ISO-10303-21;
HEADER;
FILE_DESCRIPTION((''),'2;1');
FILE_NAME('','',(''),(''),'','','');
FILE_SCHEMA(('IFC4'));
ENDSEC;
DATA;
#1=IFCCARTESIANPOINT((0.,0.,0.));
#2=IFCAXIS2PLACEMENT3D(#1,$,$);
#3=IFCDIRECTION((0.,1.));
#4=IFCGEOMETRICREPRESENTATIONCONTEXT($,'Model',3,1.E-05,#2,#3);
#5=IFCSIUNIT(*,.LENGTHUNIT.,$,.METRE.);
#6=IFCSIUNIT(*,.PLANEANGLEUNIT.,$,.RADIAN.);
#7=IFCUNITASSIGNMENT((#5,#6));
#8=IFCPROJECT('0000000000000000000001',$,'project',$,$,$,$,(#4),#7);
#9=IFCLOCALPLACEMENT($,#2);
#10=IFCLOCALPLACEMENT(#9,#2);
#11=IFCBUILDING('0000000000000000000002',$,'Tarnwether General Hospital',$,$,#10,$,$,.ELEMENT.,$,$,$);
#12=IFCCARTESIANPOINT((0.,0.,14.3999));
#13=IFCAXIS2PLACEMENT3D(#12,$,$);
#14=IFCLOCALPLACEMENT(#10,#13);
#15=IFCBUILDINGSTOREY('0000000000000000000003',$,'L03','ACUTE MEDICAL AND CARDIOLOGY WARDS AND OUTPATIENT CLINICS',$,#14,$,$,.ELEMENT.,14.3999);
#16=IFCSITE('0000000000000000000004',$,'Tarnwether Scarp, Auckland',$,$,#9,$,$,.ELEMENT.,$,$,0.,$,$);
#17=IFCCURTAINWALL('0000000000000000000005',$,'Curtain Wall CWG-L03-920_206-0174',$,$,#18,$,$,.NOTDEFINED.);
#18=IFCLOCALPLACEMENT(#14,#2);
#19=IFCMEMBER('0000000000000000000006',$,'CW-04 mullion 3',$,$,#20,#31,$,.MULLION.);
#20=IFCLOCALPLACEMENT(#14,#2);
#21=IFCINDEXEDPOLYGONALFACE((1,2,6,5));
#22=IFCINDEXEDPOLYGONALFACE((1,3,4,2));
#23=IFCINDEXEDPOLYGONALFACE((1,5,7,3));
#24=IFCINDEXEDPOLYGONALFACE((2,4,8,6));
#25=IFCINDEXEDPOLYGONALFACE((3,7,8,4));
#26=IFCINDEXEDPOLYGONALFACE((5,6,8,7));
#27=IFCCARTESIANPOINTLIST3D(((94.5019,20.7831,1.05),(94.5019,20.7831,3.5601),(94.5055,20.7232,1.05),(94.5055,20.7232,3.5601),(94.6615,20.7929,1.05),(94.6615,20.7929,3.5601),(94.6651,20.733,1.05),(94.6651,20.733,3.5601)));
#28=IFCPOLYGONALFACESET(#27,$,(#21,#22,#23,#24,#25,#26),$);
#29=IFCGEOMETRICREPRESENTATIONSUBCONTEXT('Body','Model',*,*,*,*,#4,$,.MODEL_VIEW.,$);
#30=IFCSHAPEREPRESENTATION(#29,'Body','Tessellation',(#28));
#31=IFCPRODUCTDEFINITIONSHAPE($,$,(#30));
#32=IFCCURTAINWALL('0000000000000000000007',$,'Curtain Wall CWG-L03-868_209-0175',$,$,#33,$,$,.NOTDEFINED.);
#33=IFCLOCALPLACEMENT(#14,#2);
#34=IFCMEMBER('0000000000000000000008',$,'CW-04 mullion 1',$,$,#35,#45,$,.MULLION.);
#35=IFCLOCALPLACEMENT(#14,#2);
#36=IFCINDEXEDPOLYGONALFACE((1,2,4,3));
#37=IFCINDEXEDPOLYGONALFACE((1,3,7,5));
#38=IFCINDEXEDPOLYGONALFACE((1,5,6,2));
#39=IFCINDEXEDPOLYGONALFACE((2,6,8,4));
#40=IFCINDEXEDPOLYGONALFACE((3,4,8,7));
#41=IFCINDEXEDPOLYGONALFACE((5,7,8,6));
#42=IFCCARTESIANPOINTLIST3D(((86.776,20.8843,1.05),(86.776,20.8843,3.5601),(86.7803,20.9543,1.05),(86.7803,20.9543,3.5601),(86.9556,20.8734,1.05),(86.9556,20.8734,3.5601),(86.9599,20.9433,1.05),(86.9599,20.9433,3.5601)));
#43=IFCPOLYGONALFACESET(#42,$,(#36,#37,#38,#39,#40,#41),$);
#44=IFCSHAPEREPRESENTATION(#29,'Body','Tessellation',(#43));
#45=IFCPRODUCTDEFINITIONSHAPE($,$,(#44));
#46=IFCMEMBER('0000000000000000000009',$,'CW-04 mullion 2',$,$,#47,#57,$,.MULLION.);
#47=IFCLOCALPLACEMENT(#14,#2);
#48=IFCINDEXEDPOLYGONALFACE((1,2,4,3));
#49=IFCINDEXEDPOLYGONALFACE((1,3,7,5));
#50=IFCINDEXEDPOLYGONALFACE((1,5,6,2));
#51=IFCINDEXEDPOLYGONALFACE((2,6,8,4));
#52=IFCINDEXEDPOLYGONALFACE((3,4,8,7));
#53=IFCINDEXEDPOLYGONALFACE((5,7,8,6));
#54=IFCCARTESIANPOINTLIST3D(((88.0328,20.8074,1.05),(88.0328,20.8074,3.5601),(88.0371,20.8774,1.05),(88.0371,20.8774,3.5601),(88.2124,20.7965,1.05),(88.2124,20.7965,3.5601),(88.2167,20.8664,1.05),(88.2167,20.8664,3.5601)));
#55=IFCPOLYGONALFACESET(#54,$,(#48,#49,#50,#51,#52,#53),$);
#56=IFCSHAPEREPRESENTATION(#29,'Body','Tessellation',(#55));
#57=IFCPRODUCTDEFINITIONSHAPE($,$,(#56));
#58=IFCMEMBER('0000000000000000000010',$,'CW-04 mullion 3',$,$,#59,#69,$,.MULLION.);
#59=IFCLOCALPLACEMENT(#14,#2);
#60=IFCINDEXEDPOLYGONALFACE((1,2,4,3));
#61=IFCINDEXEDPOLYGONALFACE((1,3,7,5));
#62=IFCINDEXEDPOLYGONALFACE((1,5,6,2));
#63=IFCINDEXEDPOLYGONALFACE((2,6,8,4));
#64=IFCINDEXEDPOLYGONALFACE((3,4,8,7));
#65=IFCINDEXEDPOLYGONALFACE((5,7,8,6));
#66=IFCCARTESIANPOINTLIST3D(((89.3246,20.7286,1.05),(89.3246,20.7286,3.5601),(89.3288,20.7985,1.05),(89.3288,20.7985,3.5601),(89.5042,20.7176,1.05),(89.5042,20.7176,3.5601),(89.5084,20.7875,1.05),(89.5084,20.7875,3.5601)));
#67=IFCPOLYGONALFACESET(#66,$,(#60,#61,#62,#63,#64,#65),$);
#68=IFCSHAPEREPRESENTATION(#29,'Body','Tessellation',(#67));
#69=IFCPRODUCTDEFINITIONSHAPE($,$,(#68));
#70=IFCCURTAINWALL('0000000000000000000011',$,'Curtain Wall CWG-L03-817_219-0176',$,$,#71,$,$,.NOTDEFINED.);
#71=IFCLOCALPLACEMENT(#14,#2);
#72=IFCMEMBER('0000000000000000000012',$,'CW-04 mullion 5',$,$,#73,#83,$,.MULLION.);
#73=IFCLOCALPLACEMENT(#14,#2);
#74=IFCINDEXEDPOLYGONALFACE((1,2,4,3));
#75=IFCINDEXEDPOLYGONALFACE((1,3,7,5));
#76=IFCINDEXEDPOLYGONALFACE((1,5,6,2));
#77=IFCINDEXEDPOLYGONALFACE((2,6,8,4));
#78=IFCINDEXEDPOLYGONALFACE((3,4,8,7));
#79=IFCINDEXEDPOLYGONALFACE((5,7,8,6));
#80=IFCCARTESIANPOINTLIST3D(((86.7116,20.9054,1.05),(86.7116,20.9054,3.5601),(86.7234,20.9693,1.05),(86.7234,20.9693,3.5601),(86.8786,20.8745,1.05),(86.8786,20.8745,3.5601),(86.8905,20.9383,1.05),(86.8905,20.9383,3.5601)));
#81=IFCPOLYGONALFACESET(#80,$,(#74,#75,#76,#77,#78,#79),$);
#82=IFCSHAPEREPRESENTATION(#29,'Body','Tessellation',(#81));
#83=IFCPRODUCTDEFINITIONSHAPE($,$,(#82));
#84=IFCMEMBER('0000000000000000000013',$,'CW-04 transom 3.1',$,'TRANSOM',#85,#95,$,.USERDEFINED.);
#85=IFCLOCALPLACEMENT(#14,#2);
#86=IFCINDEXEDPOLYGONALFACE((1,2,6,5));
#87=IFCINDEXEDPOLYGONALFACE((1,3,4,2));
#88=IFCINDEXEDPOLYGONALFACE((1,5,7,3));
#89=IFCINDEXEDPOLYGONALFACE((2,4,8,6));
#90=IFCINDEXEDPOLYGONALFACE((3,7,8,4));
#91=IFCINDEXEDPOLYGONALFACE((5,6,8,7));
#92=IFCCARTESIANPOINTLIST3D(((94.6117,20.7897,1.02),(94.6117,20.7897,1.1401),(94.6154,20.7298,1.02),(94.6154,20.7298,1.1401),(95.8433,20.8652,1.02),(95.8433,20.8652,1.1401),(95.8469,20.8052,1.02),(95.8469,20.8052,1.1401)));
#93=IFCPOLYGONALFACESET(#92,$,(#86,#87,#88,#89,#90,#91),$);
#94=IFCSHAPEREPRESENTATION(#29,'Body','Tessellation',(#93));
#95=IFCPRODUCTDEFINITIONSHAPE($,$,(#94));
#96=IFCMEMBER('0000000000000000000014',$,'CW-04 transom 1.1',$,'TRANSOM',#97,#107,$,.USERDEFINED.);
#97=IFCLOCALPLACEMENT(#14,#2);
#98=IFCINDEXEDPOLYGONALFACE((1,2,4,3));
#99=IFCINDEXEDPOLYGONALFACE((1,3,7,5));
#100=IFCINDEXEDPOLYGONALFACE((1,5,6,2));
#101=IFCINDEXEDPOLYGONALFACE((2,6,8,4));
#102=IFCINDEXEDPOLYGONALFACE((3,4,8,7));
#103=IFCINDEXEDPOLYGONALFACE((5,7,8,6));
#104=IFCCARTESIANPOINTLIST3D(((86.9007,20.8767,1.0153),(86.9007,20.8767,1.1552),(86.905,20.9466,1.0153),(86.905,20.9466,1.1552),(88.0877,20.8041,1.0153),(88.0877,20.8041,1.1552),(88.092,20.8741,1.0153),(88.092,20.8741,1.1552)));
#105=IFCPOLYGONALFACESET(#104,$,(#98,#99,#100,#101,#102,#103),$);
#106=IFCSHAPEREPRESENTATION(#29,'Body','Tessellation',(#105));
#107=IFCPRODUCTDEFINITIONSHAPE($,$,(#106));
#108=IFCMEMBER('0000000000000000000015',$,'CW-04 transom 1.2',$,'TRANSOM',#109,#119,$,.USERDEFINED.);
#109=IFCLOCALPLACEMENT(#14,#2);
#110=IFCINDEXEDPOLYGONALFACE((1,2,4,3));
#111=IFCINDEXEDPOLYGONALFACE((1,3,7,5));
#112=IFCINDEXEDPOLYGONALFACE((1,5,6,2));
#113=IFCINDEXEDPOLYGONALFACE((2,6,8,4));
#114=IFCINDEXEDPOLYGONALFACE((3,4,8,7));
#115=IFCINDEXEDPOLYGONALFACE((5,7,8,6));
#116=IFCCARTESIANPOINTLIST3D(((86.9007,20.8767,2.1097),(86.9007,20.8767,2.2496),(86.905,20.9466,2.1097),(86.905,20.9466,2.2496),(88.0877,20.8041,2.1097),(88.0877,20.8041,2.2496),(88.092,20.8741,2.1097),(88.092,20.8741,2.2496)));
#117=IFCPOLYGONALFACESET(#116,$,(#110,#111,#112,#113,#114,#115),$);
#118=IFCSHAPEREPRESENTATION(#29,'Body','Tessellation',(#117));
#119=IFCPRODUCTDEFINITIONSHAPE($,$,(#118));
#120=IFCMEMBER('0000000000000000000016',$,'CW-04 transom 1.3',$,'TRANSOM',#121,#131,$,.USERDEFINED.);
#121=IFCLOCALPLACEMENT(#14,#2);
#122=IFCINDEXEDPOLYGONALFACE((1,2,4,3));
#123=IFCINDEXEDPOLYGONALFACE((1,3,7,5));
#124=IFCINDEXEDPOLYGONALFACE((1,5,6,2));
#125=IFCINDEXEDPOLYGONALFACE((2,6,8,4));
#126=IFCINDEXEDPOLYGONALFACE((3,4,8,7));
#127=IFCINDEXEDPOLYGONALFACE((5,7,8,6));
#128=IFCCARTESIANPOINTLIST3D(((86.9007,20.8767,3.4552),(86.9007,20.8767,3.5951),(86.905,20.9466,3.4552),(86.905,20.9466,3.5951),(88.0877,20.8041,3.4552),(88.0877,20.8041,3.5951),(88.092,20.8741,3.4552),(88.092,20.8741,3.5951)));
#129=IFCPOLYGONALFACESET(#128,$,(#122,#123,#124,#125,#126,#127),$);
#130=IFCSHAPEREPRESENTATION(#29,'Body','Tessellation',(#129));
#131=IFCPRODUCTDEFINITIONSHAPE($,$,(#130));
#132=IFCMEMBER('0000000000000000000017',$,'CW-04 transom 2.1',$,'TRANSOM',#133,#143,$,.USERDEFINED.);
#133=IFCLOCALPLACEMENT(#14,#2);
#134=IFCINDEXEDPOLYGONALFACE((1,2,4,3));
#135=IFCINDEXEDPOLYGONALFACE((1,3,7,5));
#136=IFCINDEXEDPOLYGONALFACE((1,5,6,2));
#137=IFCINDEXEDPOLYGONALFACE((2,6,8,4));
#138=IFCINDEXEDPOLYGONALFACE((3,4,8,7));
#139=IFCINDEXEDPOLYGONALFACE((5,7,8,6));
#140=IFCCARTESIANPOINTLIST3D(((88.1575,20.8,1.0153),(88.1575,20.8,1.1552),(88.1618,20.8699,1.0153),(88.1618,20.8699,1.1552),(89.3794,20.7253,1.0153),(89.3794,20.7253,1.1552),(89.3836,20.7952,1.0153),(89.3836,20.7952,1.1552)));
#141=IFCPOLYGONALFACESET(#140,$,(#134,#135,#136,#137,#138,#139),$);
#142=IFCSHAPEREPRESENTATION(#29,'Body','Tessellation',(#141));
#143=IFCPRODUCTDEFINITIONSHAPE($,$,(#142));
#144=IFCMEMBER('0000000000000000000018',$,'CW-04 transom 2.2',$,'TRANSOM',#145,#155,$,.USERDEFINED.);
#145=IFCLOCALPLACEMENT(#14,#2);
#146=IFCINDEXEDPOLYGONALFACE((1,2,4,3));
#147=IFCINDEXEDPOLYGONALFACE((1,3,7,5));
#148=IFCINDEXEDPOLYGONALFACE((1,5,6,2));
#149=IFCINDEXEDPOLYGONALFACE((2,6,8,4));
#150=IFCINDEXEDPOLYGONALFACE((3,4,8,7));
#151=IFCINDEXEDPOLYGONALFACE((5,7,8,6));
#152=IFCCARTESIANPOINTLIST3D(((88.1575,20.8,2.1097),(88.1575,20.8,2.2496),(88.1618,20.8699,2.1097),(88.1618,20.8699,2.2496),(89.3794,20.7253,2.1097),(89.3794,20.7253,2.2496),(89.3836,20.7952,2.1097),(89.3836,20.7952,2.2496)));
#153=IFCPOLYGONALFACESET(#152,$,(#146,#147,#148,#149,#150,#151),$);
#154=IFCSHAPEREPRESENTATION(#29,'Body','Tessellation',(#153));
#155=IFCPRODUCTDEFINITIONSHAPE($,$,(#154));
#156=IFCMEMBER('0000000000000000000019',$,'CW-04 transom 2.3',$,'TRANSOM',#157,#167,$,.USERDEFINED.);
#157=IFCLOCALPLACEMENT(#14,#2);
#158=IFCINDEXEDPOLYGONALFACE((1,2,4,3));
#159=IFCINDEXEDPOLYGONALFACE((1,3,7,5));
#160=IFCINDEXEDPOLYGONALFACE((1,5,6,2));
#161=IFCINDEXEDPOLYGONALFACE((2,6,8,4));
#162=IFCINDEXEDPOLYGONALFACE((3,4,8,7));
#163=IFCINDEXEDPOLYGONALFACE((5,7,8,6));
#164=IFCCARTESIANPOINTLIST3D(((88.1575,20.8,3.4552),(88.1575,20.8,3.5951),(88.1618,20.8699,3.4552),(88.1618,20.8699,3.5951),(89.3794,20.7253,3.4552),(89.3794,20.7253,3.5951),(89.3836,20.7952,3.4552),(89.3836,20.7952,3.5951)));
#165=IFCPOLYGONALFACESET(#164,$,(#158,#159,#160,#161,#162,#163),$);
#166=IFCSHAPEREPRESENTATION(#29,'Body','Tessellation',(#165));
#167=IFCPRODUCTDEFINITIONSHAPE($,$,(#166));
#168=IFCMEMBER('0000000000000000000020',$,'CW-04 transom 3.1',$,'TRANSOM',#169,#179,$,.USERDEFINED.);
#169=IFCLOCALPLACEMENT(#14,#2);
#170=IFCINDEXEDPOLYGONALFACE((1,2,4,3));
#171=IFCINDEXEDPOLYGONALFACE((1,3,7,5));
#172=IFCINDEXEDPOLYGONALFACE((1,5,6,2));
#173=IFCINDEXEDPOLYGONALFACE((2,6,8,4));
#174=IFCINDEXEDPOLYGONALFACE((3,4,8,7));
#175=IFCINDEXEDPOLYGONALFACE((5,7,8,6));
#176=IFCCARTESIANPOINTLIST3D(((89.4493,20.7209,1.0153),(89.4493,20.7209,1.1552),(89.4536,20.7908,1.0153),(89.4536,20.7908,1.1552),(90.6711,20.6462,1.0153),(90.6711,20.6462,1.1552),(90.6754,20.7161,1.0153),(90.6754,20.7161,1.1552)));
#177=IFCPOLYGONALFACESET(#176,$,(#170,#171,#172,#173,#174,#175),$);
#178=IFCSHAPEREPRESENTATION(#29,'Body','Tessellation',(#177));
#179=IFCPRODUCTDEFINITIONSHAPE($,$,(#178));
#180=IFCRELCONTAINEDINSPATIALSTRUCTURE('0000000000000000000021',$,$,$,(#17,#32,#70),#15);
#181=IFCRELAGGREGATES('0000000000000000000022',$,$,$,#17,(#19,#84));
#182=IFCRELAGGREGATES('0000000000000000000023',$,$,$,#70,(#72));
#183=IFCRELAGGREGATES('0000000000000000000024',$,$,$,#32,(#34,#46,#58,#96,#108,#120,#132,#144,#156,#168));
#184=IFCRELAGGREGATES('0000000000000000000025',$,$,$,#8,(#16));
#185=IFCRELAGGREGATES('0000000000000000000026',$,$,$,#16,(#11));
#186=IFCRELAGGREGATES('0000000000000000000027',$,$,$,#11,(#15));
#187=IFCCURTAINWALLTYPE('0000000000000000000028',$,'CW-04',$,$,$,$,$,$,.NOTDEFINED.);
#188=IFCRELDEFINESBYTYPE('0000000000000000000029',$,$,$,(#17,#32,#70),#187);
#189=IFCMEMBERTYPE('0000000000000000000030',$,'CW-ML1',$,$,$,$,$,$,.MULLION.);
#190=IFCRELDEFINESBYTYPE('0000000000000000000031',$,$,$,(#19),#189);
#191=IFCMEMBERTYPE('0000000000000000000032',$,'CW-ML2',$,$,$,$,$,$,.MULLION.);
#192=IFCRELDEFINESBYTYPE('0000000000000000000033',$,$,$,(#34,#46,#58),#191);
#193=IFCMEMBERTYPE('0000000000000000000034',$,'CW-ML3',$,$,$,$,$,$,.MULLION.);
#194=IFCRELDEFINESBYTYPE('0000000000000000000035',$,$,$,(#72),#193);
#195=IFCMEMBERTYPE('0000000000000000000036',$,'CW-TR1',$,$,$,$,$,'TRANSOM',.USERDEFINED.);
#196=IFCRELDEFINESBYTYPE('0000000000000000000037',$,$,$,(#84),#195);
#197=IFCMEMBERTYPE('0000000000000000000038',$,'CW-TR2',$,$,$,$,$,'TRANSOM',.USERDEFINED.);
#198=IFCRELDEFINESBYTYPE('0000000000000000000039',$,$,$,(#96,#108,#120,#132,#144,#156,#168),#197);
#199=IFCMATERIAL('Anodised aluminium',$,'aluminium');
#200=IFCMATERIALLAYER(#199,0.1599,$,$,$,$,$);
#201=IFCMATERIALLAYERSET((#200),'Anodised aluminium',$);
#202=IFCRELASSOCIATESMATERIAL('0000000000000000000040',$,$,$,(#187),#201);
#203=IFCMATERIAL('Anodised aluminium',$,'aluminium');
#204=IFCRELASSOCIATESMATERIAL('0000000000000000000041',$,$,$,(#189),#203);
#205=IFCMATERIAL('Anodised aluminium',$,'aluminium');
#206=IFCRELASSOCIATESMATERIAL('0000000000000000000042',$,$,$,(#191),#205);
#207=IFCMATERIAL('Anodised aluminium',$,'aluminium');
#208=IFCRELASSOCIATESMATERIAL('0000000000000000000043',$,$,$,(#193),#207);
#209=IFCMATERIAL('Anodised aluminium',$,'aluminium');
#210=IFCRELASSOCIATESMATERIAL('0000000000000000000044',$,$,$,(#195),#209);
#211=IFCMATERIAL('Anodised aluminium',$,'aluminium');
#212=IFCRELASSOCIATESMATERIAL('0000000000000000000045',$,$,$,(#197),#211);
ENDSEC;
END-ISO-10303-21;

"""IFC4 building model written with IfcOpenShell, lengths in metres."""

from ifc_helpers import new_model, si_unit, direction, frame, origin, origin_2d, place, context, subcontext, project, spatial, rectangle, extrude, material, layer, layer_set, material_profile, profile_set, type_object, element, aggregate, save


model = new_model("IFC4")

# Units and contexts
model_context = context("Model", 3, precision=1e-05, world=origin(), true_north=direction((0.0, 1.0)))
body_context = subcontext(model_context, "Body", "Model", "MODEL_VIEW")
ifc_project = project(units=[si_unit("LENGTHUNIT", "METRE"), si_unit("PLANEANGLEUNIT", "RADIAN")], contexts=[model_context])

# Site, building, storey
site_placement = place(None, origin())
site = spatial("IfcSite", under=ifc_project, at=site_placement, Name="Tarnwether Scarp, Auckland", CompositionType="ELEMENT", RefElevation=0.0)
building_placement = place(site_placement, origin())
building = spatial("IfcBuilding", under=site, at=building_placement, Name="Tarnwether General Hospital", CompositionType="ELEMENT")
storey_placement = place(building_placement, frame((0.0, 0.0, 14.3999)))
storey = spatial("IfcBuildingStorey", under=building, at=storey_placement, Name="L03", Description="ACUTE MEDICAL AND CARDIOLOGY WARDS AND OUTPATIENT CLINICS", CompositionType="ELEMENT", Elevation=14.3999)

# Curtain wall, member
ifc_material_1 = material(Name="Anodised aluminium", Category="aluminium")
ifc_layer_1 = layer(ifc_material_1, 0.1599)
ifc_layer_set_1 = layer_set([ifc_layer_1], Name="Anodised aluminium")
curtain_wall_type = type_object("IfcCurtainWallType", Name="CW-04", PredefinedType="NOTDEFINED", material=ifc_layer_set_1)
curtain_wall_1_placement = place(storey_placement, origin())
curtain_wall_1 = element("IfcCurtainWall", 1, at=curtain_wall_1_placement, inside=storey, type_object=curtain_wall_type, Name="Curtain Wall CWG-L03-920_206-0174", PredefinedType="NOTDEFINED")
ifc_material_2 = material(Name="Anodised aluminium", Category="aluminium")
ifc_material_profile_1 = material_profile(ifc_material_2, rectangle(XDim=0.0601, YDim=0.1599, at=origin_2d()), Name="ALU-MUL-60x160")
ifc_profile_set_1 = profile_set([ifc_material_profile_1], Name="Anodised aluminium")
member_type_1 = type_object("IfcMemberType", Name="CW-ML1", PredefinedType="MULLION", material=ifc_profile_set_1)
member_1_placement = place(storey_placement, frame((94.5835, 20.7581, 1.05), z_axis=(0.0, 0.0, 1.0), x_axis=(-0.061043, 0.998135, 0.0)))
member_1 = element("IfcMember", 2, at=member_1_placement, type_object=member_type_1, Name="CW-04 mullion 3", PredefinedType="MULLION", context=body_context, shape_type="SweptSolid", body=[
    extrude(rectangle(XDim=0.0601, YDim=0.1599, at=origin_2d()), origin(), (0.0, 0.0, 1.0), 2.51),
])

# Curtain wall, members
curtain_wall_2_placement = place(storey_placement, origin())
curtain_wall_2 = element("IfcCurtainWall", 3, at=curtain_wall_2_placement, inside=storey, type_object=curtain_wall_type, Name="Curtain Wall CWG-L03-868_209-0175", PredefinedType="NOTDEFINED")
ifc_material_3 = material(Name="Anodised aluminium", Category="aluminium")
ifc_material_profile_2 = material_profile(ifc_material_3, rectangle(XDim=0.0701, YDim=0.1799, at=origin_2d()), Name="ALU-MUL-70x180")
ifc_profile_set_2 = profile_set([ifc_material_profile_2], Name="Anodised aluminium")
member_type_2 = type_object("IfcMemberType", Name="CW-ML2", PredefinedType="MULLION", material=ifc_profile_set_2)
member_2_placement = place(storey_placement, frame((86.8679, 20.9138, 1.05), z_axis=(0.0, 0.0, 1.0), x_axis=(0.061043, 0.998135, 0.0)))
member_2 = element("IfcMember", 4, at=member_2_placement, type_object=member_type_2, Name="CW-04 mullion 1", PredefinedType="MULLION", context=body_context, shape_type="SweptSolid", body=[
    extrude(rectangle(XDim=0.0701, YDim=0.1799, at=origin_2d()), origin(), (0.0, 0.0, 1.0), 2.51),
])
member_3_placement = place(storey_placement, frame((88.1248, 20.8369, 1.05), z_axis=(0.0, 0.0, 1.0), x_axis=(0.061043, 0.998135, 0.0)))
member_3 = element("IfcMember", 5, at=member_3_placement, type_object=member_type_2, Name="CW-04 mullion 2", PredefinedType="MULLION", context=body_context, shape_type="SweptSolid", body=[
    extrude(rectangle(XDim=0.0701, YDim=0.1799, at=origin_2d()), origin(), (0.0, 0.0, 1.0), 2.51),
])
member_4_placement = place(storey_placement, frame((89.4165, 20.7581, 1.05), z_axis=(0.0, 0.0, 1.0), x_axis=(0.061043, 0.998135, 0.0)))
member_4 = element("IfcMember", 6, at=member_4_placement, type_object=member_type_2, Name="CW-04 mullion 3", PredefinedType="MULLION", context=body_context, shape_type="SweptSolid", body=[
    extrude(rectangle(XDim=0.0701, YDim=0.1799, at=origin_2d()), origin(), (0.0, 0.0, 1.0), 2.51),
])

# Curtain wall, member
curtain_wall_3_placement = place(storey_placement, origin())
curtain_wall_3 = element("IfcCurtainWall", 7, at=curtain_wall_3_placement, inside=storey, type_object=curtain_wall_type, Name="Curtain Wall CWG-L03-817_219-0176", PredefinedType="NOTDEFINED")
ifc_material_4 = material(Name="Anodised aluminium", Category="aluminium")
ifc_material_profile_3 = material_profile(ifc_material_4, rectangle(XDim=0.0649, YDim=0.1699, at=origin_2d()), Name="ALU-MUL-65x170")
ifc_profile_set_3 = profile_set([ifc_material_profile_3], Name="Anodised aluminium")
member_type_3 = type_object("IfcMemberType", Name="CW-ML3", PredefinedType="MULLION", material=ifc_profile_set_3)
member_5_placement = place(storey_placement, frame((86.801, 20.9219, 1.05), z_axis=(0.0, 0.0, 1.0), x_axis=(0.182165, 0.983268, 0.0)))
member_5 = element("IfcMember", 8, at=member_5_placement, type_object=member_type_3, Name="CW-04 mullion 5", PredefinedType="MULLION", context=body_context, shape_type="SweptSolid", body=[
    extrude(rectangle(XDim=0.0649, YDim=0.1699, at=origin_2d()), origin(), (0.0, 0.0, 1.0), 2.51),
])

# Members
ifc_material_5 = material(Name="Anodised aluminium", Category="aluminium")
ifc_material_profile_4 = material_profile(ifc_material_5, rectangle(XDim=0.0601, YDim=0.1201, at=origin_2d()), Name="ALU-TRN-60x120")
ifc_profile_set_4 = profile_set([ifc_material_profile_4], Name="Anodised aluminium")
member_type_4 = type_object("IfcMemberType", Name="CW-TR1", ElementType="TRANSOM", PredefinedType="USERDEFINED", material=ifc_profile_set_4)
member_6_placement = place(storey_placement, frame((94.6135, 20.7598, 1.0801), z_axis=(0.99813, 0.061134, 0.0), x_axis=(-0.061134, 0.99813, 0.0)))
member_6 = element("IfcMember", 9, at=member_6_placement, type_object=member_type_4, Name="CW-04 transom 3.1", ObjectType="TRANSOM", PredefinedType="USERDEFINED", context=body_context, shape_type="SweptSolid", body=[
    extrude(rectangle(XDim=0.0601, YDim=0.1201, at=origin_2d()), origin(), (0.0, 0.0, 1.0), 1.2339),
])
ifc_material_6 = material(Name="Anodised aluminium", Category="aluminium")
ifc_material_profile_5 = material_profile(ifc_material_6, rectangle(XDim=0.0701, YDim=0.1399, at=origin_2d()), Name="ALU-TRN-70x140")
ifc_profile_set_5 = profile_set([ifc_material_profile_5], Name="Anodised aluminium")
member_type_5 = type_object("IfcMemberType", Name="CW-TR2", ElementType="TRANSOM", PredefinedType="USERDEFINED", material=ifc_profile_set_5)
member_7_placement = place(storey_placement, frame((86.9028, 20.9116, 1.0852), z_axis=(0.998139, -0.060972, 0.0), x_axis=(0.060972, 0.998139, 0.0)))
member_7 = element("IfcMember", 10, at=member_7_placement, type_object=member_type_5, Name="CW-04 transom 1.1", ObjectType="TRANSOM", PredefinedType="USERDEFINED", context=body_context, shape_type="SweptSolid", body=[
    extrude(rectangle(XDim=0.0701, YDim=0.1399, at=origin_2d()), origin(), (0.0, 0.0, 1.0), 1.1892),
])
member_8_placement = place(storey_placement, frame((86.9028, 20.9116, 2.1797), z_axis=(0.998139, -0.060972, 0.0), x_axis=(0.060972, 0.998139, 0.0)))
member_8 = element("IfcMember", 11, at=member_8_placement, type_object=member_type_5, Name="CW-04 transom 1.2", ObjectType="TRANSOM", PredefinedType="USERDEFINED", context=body_context, shape_type="SweptSolid", body=[
    extrude(rectangle(XDim=0.0701, YDim=0.1399, at=origin_2d()), origin(), (0.0, 0.0, 1.0), 1.1892),
])
member_9_placement = place(storey_placement, frame((86.9028, 20.9116, 3.5251), z_axis=(0.998139, -0.060972, 0.0), x_axis=(0.060972, 0.998139, 0.0)))
member_9 = element("IfcMember", 12, at=member_9_placement, type_object=member_type_5, Name="CW-04 transom 1.3", ObjectType="TRANSOM", PredefinedType="USERDEFINED", context=body_context, shape_type="SweptSolid", body=[
    extrude(rectangle(XDim=0.0701, YDim=0.1399, at=origin_2d()), origin(), (0.0, 0.0, 1.0), 1.1892),
])
member_10_placement = place(storey_placement, frame((88.1597, 20.835, 1.0852), z_axis=(0.998136, -0.061025, 0.0), x_axis=(0.061025, 0.998136, 0.0)))
member_10 = element("IfcMember", 13, at=member_10_placement, type_object=member_type_5, Name="CW-04 transom 2.1", ObjectType="TRANSOM", PredefinedType="USERDEFINED", context=body_context, shape_type="SweptSolid", body=[
    extrude(rectangle(XDim=0.0701, YDim=0.1399, at=origin_2d()), origin(), (0.0, 0.0, 1.0), 1.2241),
])
member_11_placement = place(storey_placement, frame((88.1597, 20.835, 2.1797), z_axis=(0.998136, -0.061025, 0.0), x_axis=(0.061025, 0.998136, 0.0)))
member_11 = element("IfcMember", 14, at=member_11_placement, type_object=member_type_5, Name="CW-04 transom 2.2", ObjectType="TRANSOM", PredefinedType="USERDEFINED", context=body_context, shape_type="SweptSolid", body=[
    extrude(rectangle(XDim=0.0701, YDim=0.1399, at=origin_2d()), origin(), (0.0, 0.0, 1.0), 1.2241),
])
member_12_placement = place(storey_placement, frame((88.1597, 20.835, 3.5251), z_axis=(0.998136, -0.061025, 0.0), x_axis=(0.061025, 0.998136, 0.0)))
member_12 = element("IfcMember", 15, at=member_12_placement, type_object=member_type_5, Name="CW-04 transom 2.3", ObjectType="TRANSOM", PredefinedType="USERDEFINED", context=body_context, shape_type="SweptSolid", body=[
    extrude(rectangle(XDim=0.0701, YDim=0.1399, at=origin_2d()), origin(), (0.0, 0.0, 1.0), 1.2241),
])
member_13_placement = place(storey_placement, frame((89.4514, 20.7559, 1.0852), z_axis=(0.998136, -0.061025, 0.0), x_axis=(0.061025, 0.998136, 0.0)))
member_13 = element("IfcMember", 16, at=member_13_placement, type_object=member_type_5, Name="CW-04 transom 3.1", ObjectType="TRANSOM", PredefinedType="USERDEFINED", context=body_context, shape_type="SweptSolid", body=[
    extrude(rectangle(XDim=0.0701, YDim=0.1399, at=origin_2d()), origin(), (0.0, 0.0, 1.0), 1.2241),
])

aggregate(curtain_wall_1, [member_1, member_6])
aggregate(curtain_wall_3, [member_5])
aggregate(curtain_wall_2, [member_2, member_3, member_4, member_7, member_8, member_9, member_10, member_11, member_12, member_13])

save(model, "model.ifc")
